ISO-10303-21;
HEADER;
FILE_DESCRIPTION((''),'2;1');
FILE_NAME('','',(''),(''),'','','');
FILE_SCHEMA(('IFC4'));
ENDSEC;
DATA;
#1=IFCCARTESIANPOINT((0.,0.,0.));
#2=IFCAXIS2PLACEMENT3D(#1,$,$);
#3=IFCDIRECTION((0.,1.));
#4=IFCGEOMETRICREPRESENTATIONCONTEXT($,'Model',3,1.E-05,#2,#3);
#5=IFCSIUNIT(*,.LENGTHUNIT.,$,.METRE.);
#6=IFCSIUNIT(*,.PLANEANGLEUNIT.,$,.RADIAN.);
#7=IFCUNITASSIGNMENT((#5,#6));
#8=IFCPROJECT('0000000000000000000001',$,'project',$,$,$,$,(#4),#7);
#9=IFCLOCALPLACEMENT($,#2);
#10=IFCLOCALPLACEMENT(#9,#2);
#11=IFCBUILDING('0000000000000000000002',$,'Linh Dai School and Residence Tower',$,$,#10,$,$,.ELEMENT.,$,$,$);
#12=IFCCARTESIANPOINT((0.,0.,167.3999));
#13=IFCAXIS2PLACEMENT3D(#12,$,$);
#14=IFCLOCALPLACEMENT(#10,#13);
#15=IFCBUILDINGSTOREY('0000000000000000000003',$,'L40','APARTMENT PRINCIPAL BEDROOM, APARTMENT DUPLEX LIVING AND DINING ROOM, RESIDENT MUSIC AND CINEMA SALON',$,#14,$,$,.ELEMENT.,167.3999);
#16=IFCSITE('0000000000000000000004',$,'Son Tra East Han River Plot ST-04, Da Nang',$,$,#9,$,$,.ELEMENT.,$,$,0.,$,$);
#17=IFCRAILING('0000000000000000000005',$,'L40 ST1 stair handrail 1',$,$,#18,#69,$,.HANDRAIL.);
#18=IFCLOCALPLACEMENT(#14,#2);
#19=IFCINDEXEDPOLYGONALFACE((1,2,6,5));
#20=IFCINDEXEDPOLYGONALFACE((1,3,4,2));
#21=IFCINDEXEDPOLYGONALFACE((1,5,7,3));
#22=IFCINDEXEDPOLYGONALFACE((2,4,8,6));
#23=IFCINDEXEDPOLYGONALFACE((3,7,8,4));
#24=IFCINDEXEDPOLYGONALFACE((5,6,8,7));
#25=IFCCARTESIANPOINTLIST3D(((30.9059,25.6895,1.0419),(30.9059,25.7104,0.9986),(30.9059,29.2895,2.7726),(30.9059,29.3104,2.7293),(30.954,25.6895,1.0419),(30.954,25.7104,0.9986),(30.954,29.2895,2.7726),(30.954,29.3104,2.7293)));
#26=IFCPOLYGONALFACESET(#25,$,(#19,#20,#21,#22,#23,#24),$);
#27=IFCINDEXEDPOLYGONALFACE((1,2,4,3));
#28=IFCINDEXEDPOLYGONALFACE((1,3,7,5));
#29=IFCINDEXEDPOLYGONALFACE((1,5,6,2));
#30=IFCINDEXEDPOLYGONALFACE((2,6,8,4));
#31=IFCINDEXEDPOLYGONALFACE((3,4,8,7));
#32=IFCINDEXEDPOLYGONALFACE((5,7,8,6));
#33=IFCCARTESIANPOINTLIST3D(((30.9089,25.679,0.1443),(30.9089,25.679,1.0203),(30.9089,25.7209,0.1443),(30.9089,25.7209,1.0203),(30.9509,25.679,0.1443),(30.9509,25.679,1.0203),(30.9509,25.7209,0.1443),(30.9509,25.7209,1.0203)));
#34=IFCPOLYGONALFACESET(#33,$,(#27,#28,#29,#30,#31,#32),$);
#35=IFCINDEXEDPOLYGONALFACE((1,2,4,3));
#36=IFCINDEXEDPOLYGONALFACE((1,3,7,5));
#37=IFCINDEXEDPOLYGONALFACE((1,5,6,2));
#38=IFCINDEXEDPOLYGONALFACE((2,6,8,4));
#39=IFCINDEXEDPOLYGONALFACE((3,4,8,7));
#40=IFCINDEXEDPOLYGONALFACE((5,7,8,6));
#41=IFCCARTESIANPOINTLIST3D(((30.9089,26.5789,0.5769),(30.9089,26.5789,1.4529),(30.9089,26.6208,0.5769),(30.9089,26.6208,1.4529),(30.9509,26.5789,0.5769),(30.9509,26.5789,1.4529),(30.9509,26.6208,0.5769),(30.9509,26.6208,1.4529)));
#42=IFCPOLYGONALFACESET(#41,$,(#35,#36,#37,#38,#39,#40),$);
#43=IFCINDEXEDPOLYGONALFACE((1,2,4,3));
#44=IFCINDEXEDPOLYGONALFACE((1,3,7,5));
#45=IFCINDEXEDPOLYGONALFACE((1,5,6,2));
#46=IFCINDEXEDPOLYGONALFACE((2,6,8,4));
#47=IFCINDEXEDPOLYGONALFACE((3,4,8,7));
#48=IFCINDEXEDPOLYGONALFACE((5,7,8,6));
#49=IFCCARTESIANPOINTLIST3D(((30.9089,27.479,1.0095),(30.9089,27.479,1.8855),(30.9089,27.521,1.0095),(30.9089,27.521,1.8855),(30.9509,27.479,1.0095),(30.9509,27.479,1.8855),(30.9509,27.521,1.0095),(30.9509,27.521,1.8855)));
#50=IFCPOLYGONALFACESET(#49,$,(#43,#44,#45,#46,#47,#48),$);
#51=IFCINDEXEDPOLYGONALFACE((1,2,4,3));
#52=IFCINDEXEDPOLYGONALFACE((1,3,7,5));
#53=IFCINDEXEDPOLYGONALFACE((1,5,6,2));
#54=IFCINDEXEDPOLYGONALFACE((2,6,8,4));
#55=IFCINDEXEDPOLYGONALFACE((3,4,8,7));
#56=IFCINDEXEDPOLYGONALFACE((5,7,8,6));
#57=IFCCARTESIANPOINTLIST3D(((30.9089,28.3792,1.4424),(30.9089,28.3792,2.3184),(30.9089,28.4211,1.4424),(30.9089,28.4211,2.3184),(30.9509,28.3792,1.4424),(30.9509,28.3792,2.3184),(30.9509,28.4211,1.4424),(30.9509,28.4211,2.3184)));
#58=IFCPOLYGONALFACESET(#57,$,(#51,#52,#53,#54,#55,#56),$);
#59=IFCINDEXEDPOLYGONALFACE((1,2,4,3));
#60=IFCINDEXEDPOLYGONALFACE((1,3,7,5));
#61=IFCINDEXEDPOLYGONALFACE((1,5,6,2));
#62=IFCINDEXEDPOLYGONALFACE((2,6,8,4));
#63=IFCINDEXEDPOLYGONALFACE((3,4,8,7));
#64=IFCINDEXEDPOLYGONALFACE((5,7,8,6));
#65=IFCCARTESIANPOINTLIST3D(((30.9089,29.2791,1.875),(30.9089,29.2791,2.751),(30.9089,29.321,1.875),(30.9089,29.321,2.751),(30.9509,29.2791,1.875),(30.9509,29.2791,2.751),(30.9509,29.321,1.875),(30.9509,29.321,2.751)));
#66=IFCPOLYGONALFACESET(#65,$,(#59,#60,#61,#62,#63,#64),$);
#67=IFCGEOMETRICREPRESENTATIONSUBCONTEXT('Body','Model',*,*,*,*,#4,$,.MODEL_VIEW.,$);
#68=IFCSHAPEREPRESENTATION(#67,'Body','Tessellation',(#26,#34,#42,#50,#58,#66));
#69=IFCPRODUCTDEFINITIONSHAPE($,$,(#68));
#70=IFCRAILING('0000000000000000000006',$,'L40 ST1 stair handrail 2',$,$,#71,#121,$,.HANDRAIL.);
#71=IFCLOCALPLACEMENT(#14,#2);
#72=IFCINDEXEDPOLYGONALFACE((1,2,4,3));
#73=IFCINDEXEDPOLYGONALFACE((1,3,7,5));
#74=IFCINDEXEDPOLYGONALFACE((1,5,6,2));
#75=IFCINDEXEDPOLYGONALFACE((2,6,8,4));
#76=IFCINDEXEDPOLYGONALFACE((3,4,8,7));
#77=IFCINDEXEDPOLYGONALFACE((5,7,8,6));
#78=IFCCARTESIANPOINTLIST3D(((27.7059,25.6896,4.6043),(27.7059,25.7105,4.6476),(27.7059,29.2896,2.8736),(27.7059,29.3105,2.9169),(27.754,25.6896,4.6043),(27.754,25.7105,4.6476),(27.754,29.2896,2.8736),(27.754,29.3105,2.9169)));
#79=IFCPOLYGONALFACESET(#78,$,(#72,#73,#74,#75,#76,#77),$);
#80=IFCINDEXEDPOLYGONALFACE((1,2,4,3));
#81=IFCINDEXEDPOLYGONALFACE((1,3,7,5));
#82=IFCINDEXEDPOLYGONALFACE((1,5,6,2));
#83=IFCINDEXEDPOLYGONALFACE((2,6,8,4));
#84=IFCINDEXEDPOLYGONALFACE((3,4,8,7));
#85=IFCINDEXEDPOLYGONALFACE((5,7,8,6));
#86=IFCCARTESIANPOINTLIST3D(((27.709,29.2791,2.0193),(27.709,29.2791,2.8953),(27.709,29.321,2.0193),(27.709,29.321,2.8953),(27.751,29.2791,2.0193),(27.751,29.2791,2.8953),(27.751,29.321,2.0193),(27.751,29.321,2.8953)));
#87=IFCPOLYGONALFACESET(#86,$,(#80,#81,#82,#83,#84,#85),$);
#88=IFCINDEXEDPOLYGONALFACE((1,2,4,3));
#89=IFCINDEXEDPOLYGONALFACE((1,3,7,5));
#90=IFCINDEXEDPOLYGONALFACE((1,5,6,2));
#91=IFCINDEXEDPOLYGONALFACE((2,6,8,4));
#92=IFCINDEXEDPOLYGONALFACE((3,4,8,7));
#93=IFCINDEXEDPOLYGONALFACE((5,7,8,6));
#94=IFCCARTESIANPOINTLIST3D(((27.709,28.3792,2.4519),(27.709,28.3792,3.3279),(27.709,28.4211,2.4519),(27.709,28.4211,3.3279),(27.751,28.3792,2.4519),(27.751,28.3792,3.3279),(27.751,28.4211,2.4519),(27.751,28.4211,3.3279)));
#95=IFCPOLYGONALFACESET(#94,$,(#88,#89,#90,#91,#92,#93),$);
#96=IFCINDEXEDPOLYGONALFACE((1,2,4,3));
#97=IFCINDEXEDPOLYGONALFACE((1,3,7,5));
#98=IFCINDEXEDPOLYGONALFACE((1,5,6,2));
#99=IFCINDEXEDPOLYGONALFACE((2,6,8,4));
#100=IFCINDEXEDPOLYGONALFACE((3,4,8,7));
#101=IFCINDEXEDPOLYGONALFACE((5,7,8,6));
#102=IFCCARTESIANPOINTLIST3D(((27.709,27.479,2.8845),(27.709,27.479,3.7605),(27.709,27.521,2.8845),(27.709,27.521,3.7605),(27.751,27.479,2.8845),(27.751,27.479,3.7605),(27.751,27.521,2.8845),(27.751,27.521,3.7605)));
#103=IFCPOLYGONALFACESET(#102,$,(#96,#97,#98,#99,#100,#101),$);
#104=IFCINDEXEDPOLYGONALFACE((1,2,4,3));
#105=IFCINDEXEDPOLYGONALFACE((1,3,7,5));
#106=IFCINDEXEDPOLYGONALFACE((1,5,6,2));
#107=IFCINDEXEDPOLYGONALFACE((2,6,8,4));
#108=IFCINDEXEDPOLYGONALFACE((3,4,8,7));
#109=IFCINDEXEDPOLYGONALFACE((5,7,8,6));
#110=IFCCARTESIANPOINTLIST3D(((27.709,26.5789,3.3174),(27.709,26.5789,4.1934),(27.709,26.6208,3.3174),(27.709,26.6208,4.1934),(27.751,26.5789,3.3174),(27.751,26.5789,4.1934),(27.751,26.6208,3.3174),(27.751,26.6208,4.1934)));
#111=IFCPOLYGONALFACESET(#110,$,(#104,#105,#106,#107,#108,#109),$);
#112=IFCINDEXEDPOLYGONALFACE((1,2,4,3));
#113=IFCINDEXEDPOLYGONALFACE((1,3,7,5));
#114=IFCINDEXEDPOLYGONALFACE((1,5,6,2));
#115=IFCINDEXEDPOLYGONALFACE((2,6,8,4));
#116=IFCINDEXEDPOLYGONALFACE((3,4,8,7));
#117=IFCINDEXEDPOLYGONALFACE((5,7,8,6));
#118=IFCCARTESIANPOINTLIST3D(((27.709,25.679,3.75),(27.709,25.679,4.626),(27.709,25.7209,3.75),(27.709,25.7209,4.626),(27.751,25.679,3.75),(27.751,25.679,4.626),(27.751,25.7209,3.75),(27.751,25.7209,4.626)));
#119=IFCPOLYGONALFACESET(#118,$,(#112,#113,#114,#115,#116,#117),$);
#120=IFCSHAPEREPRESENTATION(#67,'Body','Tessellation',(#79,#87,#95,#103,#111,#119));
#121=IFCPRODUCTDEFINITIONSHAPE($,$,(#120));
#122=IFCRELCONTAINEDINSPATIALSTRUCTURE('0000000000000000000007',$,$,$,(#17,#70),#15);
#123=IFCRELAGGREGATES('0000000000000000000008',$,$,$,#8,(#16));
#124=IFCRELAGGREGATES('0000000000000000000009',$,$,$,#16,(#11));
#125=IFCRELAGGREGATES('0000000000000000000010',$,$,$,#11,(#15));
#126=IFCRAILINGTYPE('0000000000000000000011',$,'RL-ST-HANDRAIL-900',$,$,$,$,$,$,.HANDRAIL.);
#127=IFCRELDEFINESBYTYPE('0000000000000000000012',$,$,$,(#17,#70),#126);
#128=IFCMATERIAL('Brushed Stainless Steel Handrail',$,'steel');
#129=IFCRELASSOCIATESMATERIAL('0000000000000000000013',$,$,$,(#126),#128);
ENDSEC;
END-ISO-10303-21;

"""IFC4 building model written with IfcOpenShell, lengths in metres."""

from ifc_helpers import new_model, si_unit, direction, frame, origin, origin_2d, place, context, subcontext, project, spatial, rectangle, extrude, source, transform, mapped, material, type_object, element, save


model = new_model("IFC4")

# Units and contexts
model_context = context("Model", 3, precision=1e-05, world=origin(), true_north=direction((0.0, 1.0)))
body_context = subcontext(model_context, "Body", "Model", "MODEL_VIEW")
ifc_project = project(units=[si_unit("LENGTHUNIT", "METRE"), si_unit("PLANEANGLEUNIT", "RADIAN")], contexts=[model_context])

# Site, building, storey
site_placement = place(None, origin())
site = spatial("IfcSite", under=ifc_project, at=site_placement, Name="Son Tra East Han River Plot ST-04, Da Nang", CompositionType="ELEMENT", RefElevation=0.0)
building_placement = place(site_placement, origin())
building = spatial("IfcBuilding", under=site, at=building_placement, Name="Linh Dai School and Residence Tower", CompositionType="ELEMENT")
storey_placement = place(building_placement, frame((0.0, 0.0, 167.3999)))
storey = spatial("IfcBuildingStorey", under=building, at=storey_placement, Name="L40", Description="APARTMENT PRINCIPAL BEDROOM, APARTMENT DUPLEX LIVING AND DINING ROOM, RESIDENT MUSIC AND CINEMA SALON", CompositionType="ELEMENT", Elevation=167.3999)

# Railings
ifc_material_1 = material(Name="Brushed Stainless Steel Handrail", Category="steel")
railing_type_1 = type_object("IfcRailingType", Name="RL-ST-HANDRAIL-900", PredefinedType="HANDRAIL", material=ifc_material_1)
shared_shape_1 = source(origin(), body_context, "Body", "SweptSolid", [
    extrude(rectangle(XDim=0.0481, YDim=0.0481, at=origin_2d()), frame((0.0, 0.0, 0.876), z_axis=(0.0, 0.901263, 0.433273), x_axis=(-1.0, 0.0, 0.0)), (0.0, 0.0, 1.0), 3.9944),
    extrude(rectangle(XDim=0.042, YDim=0.042, at=origin_2d()), origin(), (0.0, 0.0, 1.0), 0.876),
    extrude(rectangle(XDim=0.042, YDim=0.042, at=origin_2d()), frame((0.0, 0.8999, 0.4326)), (0.0, 0.0, 1.0), 0.876),
    extrude(rectangle(XDim=0.042, YDim=0.042, at=origin_2d()), frame((0.0, 1.8, 0.8652)), (0.0, 0.0, 1.0), 0.876),
    extrude(rectangle(XDim=0.042, YDim=0.042, at=origin_2d()), frame((0.0, 2.7002, 1.2981)), (0.0, 0.0, 1.0), 0.876),
    extrude(rectangle(XDim=0.042, YDim=0.042, at=origin_2d()), frame((0.0, 3.6001, 1.7307)), (0.0, 0.0, 1.0), 0.876),
])
railing_1_placement = place(storey_placement, frame((30.9299, 25.7, 0.1443)))
element("IfcRailing", 1, at=railing_1_placement, inside=storey, type_object=railing_type_1, Name="L40 ST1 stair handrail 1", PredefinedType="HANDRAIL", context=body_context, shape_type="MappedRepresentation", body=[
    mapped(shared_shape_1, transform((0.0, 0.0, 0.0), x_axis=(1.0, 0.0, 0.0), y_axis=(0.0, 1.0, 0.0), z_axis=(0.0, 0.0, 1.0), scale=1.0)),
])
shared_shape_2 = source(origin(), body_context, "Body", "SweptSolid", [
    extrude(rectangle(XDim=0.0481, YDim=0.0481, at=origin_2d()), frame((0.0, 0.0, 0.876), z_axis=(0.0, -0.901263, 0.433273), x_axis=(1.0, 0.0, 0.0)), (0.0, 0.0, 1.0), 3.9944),
    extrude(rectangle(XDim=0.042, YDim=0.042, at=origin_2d()), origin(), (0.0, 0.0, 1.0), 0.876),
    extrude(rectangle(XDim=0.042, YDim=0.042, at=origin_2d()), frame((0.0, -0.8999, 0.4326)), (0.0, 0.0, 1.0), 0.876),
    extrude(rectangle(XDim=0.042, YDim=0.042, at=origin_2d()), frame((0.0, -1.8, 0.8652)), (0.0, 0.0, 1.0), 0.876),
    extrude(rectangle(XDim=0.042, YDim=0.042, at=origin_2d()), frame((0.0, -2.7002, 1.2981)), (0.0, 0.0, 1.0), 0.876),
    extrude(rectangle(XDim=0.042, YDim=0.042, at=origin_2d()), frame((0.0, -3.6001, 1.7307)), (0.0, 0.0, 1.0), 0.876),
])
railing_2_placement = place(storey_placement, frame((27.73, 29.3, 2.0193)))
element("IfcRailing", 2, at=railing_2_placement, inside=storey, type_object=railing_type_1, Name="L40 ST1 stair handrail 2", PredefinedType="HANDRAIL", context=body_context, shape_type="MappedRepresentation", body=[
    mapped(shared_shape_2, transform((0.0, 0.0, 0.0), x_axis=(1.0, 0.0, 0.0), y_axis=(0.0, 1.0, 0.0), z_axis=(0.0, 0.0, 1.0), scale=1.0)),
])

save(model, "model.ifc")
